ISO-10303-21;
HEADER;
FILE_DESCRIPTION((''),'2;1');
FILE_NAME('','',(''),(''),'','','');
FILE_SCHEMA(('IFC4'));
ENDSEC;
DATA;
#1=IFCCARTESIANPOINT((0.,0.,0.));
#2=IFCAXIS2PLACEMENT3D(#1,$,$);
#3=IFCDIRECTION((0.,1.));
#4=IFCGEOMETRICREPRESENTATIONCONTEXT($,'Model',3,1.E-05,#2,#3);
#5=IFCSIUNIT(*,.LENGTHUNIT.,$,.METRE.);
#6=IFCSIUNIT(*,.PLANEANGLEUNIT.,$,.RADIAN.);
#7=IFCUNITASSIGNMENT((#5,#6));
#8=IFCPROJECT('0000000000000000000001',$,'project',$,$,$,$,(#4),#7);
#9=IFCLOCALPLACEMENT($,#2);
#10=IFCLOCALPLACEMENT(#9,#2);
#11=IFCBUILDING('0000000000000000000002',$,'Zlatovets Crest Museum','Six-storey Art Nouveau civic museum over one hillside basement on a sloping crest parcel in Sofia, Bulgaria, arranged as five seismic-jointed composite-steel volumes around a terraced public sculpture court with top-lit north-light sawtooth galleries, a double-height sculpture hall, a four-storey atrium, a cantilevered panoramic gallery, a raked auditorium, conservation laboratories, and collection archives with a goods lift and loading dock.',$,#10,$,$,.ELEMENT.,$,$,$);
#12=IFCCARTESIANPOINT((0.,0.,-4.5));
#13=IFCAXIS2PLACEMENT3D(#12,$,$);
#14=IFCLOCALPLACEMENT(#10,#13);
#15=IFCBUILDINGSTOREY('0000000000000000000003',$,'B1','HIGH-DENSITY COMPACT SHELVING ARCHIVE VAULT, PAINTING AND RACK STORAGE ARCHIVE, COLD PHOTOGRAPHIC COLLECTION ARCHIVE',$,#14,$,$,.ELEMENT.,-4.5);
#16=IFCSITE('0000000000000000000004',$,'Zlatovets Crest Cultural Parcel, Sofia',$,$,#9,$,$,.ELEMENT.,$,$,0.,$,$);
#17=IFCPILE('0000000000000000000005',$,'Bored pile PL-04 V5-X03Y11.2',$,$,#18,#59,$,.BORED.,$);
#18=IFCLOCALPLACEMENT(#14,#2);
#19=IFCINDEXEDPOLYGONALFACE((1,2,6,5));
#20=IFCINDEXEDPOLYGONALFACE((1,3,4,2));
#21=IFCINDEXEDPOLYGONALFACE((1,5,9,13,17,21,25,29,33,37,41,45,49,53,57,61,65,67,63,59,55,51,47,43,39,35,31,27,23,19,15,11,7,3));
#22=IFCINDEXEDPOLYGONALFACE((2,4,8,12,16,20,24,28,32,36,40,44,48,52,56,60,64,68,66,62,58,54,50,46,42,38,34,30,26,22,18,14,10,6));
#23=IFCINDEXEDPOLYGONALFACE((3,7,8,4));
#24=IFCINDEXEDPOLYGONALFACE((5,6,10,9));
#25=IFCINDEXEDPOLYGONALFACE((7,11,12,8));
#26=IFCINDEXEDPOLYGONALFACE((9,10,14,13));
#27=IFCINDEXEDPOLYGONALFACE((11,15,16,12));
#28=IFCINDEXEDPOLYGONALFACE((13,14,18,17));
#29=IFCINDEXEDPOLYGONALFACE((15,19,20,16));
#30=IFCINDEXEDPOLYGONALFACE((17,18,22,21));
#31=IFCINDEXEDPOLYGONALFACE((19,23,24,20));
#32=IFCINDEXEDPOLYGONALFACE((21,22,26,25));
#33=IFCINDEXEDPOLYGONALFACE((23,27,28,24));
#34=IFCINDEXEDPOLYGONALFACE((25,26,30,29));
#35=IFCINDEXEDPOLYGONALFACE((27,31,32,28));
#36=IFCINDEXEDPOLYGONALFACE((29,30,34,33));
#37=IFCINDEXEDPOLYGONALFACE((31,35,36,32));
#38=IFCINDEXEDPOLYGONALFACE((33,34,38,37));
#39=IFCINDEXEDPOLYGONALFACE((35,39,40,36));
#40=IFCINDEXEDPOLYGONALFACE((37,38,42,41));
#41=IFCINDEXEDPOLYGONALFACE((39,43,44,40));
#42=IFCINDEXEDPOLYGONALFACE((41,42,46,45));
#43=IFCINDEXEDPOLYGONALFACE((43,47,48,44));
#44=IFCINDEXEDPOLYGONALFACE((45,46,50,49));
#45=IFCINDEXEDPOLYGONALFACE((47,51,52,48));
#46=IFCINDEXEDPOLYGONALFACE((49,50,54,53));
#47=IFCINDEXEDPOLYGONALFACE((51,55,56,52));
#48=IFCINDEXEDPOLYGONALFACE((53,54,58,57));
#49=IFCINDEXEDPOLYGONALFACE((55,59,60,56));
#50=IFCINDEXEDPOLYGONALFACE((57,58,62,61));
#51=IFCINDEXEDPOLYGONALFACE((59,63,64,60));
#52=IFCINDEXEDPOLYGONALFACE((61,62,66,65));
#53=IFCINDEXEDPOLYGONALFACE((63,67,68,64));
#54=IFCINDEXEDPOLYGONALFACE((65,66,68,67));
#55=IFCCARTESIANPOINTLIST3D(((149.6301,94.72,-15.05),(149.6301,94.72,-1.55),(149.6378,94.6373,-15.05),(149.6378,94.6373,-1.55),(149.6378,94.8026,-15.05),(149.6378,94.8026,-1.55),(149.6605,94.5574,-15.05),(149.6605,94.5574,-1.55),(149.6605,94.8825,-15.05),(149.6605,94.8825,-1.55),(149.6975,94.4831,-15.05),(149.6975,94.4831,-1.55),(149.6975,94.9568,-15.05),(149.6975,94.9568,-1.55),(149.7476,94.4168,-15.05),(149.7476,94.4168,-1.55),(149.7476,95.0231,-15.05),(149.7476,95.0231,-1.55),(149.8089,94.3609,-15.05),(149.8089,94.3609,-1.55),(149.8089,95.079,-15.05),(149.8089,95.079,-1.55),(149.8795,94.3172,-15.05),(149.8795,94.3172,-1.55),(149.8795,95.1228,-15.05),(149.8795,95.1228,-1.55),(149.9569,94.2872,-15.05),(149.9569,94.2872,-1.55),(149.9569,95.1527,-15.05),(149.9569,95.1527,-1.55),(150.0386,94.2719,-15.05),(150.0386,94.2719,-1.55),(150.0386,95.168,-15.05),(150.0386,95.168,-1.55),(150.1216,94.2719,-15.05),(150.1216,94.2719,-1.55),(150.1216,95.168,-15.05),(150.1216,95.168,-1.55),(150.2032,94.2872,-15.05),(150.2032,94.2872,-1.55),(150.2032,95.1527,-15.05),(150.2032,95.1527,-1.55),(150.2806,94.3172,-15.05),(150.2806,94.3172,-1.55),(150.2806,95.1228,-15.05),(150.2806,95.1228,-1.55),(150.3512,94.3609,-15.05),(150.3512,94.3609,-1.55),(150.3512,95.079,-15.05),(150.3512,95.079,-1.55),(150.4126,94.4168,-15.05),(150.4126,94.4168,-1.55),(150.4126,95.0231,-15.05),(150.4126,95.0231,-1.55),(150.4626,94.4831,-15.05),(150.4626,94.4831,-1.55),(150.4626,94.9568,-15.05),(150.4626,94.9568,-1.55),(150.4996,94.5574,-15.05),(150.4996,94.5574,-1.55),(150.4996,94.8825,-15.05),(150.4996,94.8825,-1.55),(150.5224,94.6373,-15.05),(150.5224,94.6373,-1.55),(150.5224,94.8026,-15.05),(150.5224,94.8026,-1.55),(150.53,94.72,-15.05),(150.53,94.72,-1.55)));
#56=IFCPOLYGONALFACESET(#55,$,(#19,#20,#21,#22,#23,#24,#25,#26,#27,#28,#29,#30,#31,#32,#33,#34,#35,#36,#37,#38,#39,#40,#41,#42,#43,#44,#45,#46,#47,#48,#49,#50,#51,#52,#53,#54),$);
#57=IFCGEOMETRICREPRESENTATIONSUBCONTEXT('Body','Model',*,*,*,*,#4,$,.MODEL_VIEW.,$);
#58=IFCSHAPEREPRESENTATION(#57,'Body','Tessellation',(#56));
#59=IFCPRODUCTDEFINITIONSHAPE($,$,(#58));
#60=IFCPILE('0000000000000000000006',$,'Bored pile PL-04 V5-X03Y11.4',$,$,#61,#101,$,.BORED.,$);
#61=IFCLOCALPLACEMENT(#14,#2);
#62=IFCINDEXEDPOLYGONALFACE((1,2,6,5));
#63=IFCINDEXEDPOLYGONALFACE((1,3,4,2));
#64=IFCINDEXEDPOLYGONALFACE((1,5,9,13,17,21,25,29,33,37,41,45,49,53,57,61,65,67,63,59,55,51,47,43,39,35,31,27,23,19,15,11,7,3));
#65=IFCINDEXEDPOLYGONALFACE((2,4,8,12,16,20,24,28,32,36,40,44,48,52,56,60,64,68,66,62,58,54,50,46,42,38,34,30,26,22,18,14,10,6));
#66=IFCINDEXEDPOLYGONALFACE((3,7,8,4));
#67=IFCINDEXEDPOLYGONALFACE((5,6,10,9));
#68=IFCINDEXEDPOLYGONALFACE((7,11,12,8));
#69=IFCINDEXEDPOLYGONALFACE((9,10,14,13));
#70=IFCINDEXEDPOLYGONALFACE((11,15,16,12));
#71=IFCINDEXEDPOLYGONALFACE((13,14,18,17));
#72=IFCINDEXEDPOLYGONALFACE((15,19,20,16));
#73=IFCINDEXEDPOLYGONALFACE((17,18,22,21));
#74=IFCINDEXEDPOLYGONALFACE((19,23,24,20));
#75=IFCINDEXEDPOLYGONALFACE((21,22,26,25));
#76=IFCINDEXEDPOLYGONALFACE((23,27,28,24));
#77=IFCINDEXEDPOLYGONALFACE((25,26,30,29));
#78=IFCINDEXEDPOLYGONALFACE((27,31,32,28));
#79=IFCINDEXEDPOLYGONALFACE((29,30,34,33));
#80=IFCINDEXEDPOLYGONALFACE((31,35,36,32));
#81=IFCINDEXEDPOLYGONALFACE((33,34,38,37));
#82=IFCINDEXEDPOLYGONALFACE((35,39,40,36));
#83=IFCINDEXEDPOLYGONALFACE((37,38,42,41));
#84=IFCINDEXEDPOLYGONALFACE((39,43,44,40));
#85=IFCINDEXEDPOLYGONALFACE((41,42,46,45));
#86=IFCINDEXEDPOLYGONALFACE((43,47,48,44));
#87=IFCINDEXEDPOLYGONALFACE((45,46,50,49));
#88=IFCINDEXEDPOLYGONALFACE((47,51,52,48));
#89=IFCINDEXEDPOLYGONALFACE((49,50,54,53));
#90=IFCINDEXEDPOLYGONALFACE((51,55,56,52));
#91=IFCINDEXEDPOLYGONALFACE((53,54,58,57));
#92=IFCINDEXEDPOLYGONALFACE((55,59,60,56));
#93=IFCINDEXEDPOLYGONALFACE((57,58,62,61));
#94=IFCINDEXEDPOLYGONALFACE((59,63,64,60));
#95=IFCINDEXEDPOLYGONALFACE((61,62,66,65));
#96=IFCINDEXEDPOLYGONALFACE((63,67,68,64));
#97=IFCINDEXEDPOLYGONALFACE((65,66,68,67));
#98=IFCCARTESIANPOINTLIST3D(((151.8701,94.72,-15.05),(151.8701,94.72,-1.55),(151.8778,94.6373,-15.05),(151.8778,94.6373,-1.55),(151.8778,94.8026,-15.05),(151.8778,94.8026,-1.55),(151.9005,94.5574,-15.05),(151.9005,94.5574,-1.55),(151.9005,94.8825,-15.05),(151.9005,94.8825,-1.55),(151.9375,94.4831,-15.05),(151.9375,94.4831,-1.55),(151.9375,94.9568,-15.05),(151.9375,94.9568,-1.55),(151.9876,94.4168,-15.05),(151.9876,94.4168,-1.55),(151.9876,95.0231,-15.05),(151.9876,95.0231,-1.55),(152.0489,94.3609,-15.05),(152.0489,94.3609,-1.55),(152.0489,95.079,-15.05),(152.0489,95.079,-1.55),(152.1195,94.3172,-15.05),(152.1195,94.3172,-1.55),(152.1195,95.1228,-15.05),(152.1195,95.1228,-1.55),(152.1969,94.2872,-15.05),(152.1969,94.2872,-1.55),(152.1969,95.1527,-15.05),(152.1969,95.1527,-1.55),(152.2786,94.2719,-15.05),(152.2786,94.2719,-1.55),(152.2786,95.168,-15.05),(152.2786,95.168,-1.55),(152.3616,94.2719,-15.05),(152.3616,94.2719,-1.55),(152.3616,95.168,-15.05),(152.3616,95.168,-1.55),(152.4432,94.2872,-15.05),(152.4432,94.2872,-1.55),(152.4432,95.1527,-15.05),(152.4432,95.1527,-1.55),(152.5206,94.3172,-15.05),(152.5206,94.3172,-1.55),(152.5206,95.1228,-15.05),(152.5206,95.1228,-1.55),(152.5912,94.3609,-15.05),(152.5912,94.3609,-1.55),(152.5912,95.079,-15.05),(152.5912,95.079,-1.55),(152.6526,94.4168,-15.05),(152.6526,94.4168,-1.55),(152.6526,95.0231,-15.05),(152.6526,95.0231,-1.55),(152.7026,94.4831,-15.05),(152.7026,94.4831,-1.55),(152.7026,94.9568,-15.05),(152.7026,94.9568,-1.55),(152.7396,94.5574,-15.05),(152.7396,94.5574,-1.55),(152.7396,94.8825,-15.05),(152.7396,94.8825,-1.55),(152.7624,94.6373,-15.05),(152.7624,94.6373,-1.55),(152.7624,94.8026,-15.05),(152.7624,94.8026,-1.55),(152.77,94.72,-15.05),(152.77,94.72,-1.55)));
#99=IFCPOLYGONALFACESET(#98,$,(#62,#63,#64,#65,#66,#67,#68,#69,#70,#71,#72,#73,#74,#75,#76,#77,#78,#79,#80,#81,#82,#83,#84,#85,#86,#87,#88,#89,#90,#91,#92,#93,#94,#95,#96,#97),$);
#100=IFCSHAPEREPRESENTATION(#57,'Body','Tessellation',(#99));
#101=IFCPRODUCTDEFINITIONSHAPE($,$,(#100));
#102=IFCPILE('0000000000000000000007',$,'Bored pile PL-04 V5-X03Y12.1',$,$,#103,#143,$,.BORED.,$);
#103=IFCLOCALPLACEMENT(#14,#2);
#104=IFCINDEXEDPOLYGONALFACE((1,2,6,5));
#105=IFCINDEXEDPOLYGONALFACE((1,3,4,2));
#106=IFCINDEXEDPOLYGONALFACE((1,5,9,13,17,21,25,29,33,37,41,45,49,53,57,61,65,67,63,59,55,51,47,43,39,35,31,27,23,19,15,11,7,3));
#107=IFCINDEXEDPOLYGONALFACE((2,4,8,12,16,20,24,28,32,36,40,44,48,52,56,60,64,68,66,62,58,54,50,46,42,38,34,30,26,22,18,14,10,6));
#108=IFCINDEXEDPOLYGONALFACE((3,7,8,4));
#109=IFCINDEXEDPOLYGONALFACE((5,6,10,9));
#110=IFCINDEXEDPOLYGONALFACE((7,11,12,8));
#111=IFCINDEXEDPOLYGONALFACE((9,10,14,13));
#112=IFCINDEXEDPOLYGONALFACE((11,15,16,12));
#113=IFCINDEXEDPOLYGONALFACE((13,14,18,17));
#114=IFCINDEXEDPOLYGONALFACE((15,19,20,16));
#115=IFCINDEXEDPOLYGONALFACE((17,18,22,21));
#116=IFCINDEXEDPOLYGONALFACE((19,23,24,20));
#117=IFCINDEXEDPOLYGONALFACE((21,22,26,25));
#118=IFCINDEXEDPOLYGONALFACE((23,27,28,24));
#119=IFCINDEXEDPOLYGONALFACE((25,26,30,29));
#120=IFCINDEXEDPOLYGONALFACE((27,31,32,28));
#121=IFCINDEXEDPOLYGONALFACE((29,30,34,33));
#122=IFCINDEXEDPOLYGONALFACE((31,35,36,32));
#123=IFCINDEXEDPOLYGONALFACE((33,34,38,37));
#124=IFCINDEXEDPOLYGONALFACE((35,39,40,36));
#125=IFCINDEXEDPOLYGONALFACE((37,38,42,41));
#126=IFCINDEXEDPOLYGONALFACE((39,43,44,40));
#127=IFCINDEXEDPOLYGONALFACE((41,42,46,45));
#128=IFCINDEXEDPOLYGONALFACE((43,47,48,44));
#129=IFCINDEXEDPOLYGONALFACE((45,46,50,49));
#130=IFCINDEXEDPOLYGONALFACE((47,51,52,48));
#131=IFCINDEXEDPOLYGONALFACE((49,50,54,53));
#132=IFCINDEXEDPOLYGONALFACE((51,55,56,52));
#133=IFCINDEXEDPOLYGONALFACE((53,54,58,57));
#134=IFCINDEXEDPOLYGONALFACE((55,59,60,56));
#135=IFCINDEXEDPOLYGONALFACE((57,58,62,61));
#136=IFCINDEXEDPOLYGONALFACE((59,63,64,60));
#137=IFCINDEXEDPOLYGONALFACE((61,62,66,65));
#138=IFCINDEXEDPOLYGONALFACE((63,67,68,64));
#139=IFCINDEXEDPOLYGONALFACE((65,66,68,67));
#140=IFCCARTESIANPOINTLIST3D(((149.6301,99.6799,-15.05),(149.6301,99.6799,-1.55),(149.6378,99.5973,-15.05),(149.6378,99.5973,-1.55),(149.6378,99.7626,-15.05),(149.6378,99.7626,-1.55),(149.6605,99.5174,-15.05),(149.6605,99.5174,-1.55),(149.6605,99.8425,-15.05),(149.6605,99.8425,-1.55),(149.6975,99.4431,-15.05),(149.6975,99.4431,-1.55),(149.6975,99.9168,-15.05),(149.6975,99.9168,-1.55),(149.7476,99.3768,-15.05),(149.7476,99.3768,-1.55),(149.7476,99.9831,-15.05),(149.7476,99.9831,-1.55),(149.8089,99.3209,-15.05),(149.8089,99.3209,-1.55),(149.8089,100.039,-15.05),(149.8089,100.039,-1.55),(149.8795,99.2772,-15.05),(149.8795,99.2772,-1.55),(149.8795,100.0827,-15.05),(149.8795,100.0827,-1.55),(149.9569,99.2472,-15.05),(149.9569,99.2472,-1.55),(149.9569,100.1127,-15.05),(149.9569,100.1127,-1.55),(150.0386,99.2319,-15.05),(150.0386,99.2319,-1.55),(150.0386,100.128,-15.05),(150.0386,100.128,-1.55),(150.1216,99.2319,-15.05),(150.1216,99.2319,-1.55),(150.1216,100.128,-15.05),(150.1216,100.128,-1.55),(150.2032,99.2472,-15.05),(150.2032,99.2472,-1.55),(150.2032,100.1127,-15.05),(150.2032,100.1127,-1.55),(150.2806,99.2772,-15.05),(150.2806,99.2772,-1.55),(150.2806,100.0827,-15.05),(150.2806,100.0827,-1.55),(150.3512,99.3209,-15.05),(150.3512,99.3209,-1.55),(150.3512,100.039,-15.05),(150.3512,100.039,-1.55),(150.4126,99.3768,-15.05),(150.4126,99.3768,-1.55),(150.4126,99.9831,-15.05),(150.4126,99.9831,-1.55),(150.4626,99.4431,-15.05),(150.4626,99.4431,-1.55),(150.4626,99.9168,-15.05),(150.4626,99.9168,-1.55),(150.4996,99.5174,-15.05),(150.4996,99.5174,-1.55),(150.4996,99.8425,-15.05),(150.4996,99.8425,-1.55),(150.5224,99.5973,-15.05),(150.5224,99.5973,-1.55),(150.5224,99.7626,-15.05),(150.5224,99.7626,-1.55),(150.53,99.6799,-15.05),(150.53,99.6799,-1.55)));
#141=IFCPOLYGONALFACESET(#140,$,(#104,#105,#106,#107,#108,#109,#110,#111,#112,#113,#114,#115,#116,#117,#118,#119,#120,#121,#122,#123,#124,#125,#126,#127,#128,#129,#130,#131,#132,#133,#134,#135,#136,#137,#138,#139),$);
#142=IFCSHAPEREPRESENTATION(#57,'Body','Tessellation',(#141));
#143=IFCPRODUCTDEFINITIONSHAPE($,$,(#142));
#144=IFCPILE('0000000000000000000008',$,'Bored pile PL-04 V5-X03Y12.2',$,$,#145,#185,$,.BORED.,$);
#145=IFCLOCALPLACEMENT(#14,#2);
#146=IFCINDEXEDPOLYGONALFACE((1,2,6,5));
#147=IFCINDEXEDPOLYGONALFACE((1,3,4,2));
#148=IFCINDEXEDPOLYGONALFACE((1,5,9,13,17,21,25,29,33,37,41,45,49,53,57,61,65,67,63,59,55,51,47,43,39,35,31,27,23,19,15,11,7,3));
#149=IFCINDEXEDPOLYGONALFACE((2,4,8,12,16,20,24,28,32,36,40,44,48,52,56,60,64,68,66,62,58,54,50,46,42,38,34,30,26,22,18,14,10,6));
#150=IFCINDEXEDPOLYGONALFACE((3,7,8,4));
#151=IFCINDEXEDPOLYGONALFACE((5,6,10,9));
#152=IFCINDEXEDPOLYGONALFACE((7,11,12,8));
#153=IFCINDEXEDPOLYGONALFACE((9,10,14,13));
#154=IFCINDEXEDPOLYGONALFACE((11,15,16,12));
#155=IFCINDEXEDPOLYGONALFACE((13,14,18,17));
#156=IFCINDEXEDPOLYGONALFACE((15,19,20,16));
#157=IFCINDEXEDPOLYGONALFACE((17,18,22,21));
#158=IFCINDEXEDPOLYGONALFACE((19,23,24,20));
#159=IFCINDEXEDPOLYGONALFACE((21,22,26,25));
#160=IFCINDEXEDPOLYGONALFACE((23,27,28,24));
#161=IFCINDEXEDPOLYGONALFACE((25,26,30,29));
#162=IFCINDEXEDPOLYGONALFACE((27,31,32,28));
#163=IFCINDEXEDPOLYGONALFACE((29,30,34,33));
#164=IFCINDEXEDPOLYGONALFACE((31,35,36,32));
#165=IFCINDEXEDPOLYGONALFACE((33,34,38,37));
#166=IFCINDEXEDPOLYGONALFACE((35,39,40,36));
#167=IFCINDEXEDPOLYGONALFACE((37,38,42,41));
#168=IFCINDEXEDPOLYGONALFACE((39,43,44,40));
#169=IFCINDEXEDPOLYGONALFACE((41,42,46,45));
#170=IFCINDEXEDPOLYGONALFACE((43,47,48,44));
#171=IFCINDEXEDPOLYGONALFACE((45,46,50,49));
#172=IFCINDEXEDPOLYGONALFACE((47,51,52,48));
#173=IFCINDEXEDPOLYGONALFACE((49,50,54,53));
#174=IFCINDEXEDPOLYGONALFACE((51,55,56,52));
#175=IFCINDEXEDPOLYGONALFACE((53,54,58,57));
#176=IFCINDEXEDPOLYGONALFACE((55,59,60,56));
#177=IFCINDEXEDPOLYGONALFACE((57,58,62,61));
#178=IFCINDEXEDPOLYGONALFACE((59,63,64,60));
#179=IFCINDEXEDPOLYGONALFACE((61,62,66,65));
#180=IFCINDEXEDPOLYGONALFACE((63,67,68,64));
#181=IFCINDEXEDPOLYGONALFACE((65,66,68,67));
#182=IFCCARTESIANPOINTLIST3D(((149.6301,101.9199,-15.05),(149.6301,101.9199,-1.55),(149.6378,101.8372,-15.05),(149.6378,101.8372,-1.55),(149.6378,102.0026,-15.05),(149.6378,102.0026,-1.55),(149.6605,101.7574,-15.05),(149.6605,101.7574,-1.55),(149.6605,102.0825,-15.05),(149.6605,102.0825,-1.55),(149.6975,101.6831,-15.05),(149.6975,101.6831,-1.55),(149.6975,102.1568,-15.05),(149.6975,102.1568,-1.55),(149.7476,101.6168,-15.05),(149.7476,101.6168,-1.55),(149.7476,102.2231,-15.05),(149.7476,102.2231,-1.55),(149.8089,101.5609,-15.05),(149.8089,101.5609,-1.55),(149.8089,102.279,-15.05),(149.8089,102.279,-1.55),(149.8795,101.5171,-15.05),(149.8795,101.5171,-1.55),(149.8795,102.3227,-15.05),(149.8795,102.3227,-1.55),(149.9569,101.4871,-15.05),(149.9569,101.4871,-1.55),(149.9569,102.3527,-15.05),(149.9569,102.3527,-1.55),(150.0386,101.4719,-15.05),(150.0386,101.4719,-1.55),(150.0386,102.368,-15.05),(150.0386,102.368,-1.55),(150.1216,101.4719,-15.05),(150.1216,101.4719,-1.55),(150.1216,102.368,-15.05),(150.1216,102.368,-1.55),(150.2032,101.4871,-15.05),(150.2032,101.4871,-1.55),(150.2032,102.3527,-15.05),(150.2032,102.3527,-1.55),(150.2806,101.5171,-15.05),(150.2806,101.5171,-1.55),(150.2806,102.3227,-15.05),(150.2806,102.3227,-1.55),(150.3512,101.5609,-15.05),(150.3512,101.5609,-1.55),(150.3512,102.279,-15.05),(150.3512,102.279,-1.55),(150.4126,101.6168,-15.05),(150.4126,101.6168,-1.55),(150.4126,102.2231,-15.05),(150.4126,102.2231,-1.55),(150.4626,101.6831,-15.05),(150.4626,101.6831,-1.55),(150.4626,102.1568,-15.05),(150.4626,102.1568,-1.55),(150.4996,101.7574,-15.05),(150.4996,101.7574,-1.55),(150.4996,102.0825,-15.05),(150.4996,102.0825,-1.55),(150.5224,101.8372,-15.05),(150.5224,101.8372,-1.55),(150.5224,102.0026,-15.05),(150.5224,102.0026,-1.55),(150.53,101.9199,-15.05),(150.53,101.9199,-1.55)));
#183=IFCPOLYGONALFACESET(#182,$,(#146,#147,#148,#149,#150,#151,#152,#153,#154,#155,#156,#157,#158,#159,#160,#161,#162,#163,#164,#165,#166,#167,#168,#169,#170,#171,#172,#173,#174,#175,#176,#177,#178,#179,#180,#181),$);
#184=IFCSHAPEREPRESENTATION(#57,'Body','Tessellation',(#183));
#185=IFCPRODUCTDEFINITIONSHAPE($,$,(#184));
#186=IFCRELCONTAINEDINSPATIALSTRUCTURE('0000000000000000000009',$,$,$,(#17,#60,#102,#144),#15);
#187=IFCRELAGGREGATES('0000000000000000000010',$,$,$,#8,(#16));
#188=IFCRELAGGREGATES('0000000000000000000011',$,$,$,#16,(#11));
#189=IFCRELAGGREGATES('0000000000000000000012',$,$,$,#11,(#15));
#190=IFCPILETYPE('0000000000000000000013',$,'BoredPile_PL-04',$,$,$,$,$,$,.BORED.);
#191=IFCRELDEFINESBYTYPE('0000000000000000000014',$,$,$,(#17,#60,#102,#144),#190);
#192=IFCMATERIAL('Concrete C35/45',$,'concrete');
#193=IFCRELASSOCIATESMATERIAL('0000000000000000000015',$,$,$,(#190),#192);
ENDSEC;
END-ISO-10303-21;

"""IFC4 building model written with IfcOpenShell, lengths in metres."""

from ifc_helpers import new_model, si_unit, direction, frame, origin, origin_2d, place, context, subcontext, project, spatial, circle, extrude, material, material_profile, profile_set, type_object, element, save


model = new_model("IFC4")

# Units and contexts
model_context = context("Model", 3, precision=1e-05, world=origin(), true_north=direction((0.0, 1.0)))
body_context = subcontext(model_context, "Body", "Model", "MODEL_VIEW")
ifc_project = project(units=[si_unit("LENGTHUNIT", "METRE"), si_unit("PLANEANGLEUNIT", "RADIAN")], contexts=[model_context])

# Site, building, storey
site_placement = place(None, origin())
site = spatial("IfcSite", under=ifc_project, at=site_placement, Name="Zlatovets Crest Cultural Parcel, Sofia", CompositionType="ELEMENT", RefElevation=0.0)
building_placement = place(site_placement, origin())
building = spatial("IfcBuilding", under=site, at=building_placement, Name="Zlatovets Crest Museum", Description="Six-storey Art Nouveau civic museum over one hillside basement on a sloping crest parcel in Sofia, Bulgaria, arranged as five seismic-jointed composite-steel volumes around a terraced public sculpture court with top-lit north-light sawtooth galleries, a double-height sculpture hall, a four-storey atrium, a cantilevered panoramic gallery, a raked auditorium, conservation laboratories, and collection archives with a goods lift and loading dock.", CompositionType="ELEMENT")
storey_placement = place(building_placement, frame((0.0, 0.0, -4.5)))
storey = spatial("IfcBuildingStorey", under=building, at=storey_placement, Name="B1", Description="HIGH-DENSITY COMPACT SHELVING ARCHIVE VAULT, PAINTING AND RACK STORAGE ARCHIVE, COLD PHOTOGRAPHIC COLLECTION ARCHIVE", CompositionType="ELEMENT", Elevation=-4.5)

# Piles
ifc_material = material(Name="Concrete C35/45", Category="concrete")
ifc_material_profile_1 = material_profile(ifc_material, circle(Radius=0.45, at=origin_2d()), Name="PILE D900")
ifc_profile_set_1 = profile_set([ifc_material_profile_1], Name="Concrete C35/45")
pile_type = type_object("IfcPileType", Name="BoredPile_PL-04", PredefinedType="BORED", material=ifc_profile_set_1)
for number, where, z_axis, x_axis, name in (
    (1, (150.0801, 94.72, -1.55), (0.0, 0.0, -1.0), (1.0, 0.0, 0.0), "Bored pile PL-04 V5-X03Y11.2"),
    (2, (152.3201, 94.72, -1.55), (0.0, 0.0, -1.0), (1.0, 0.0, 0.0), "Bored pile PL-04 V5-X03Y11.4"),
    (3, (150.0801, 99.6799, -1.55), (0.0, 0.0, -1.0), (1.0, 0.0, 0.0), "Bored pile PL-04 V5-X03Y12.1"),
    (4, (150.0801, 101.9199, -1.55), (0.0, 0.0, -1.0), (1.0, 0.0, 0.0), "Bored pile PL-04 V5-X03Y12.2"),
):
    element("IfcPile", number, at=place(storey_placement, frame(where, z_axis=z_axis, x_axis=x_axis)), inside=storey, type_object=pile_type, Name=name, PredefinedType="BORED", context=body_context, shape_type="SweptSolid", body=[
        extrude(circle(Radius=0.45, at=origin_2d()), origin(), (0.0, 0.0, 1.0), 13.5),
    ])

save(model, "model.ifc")
